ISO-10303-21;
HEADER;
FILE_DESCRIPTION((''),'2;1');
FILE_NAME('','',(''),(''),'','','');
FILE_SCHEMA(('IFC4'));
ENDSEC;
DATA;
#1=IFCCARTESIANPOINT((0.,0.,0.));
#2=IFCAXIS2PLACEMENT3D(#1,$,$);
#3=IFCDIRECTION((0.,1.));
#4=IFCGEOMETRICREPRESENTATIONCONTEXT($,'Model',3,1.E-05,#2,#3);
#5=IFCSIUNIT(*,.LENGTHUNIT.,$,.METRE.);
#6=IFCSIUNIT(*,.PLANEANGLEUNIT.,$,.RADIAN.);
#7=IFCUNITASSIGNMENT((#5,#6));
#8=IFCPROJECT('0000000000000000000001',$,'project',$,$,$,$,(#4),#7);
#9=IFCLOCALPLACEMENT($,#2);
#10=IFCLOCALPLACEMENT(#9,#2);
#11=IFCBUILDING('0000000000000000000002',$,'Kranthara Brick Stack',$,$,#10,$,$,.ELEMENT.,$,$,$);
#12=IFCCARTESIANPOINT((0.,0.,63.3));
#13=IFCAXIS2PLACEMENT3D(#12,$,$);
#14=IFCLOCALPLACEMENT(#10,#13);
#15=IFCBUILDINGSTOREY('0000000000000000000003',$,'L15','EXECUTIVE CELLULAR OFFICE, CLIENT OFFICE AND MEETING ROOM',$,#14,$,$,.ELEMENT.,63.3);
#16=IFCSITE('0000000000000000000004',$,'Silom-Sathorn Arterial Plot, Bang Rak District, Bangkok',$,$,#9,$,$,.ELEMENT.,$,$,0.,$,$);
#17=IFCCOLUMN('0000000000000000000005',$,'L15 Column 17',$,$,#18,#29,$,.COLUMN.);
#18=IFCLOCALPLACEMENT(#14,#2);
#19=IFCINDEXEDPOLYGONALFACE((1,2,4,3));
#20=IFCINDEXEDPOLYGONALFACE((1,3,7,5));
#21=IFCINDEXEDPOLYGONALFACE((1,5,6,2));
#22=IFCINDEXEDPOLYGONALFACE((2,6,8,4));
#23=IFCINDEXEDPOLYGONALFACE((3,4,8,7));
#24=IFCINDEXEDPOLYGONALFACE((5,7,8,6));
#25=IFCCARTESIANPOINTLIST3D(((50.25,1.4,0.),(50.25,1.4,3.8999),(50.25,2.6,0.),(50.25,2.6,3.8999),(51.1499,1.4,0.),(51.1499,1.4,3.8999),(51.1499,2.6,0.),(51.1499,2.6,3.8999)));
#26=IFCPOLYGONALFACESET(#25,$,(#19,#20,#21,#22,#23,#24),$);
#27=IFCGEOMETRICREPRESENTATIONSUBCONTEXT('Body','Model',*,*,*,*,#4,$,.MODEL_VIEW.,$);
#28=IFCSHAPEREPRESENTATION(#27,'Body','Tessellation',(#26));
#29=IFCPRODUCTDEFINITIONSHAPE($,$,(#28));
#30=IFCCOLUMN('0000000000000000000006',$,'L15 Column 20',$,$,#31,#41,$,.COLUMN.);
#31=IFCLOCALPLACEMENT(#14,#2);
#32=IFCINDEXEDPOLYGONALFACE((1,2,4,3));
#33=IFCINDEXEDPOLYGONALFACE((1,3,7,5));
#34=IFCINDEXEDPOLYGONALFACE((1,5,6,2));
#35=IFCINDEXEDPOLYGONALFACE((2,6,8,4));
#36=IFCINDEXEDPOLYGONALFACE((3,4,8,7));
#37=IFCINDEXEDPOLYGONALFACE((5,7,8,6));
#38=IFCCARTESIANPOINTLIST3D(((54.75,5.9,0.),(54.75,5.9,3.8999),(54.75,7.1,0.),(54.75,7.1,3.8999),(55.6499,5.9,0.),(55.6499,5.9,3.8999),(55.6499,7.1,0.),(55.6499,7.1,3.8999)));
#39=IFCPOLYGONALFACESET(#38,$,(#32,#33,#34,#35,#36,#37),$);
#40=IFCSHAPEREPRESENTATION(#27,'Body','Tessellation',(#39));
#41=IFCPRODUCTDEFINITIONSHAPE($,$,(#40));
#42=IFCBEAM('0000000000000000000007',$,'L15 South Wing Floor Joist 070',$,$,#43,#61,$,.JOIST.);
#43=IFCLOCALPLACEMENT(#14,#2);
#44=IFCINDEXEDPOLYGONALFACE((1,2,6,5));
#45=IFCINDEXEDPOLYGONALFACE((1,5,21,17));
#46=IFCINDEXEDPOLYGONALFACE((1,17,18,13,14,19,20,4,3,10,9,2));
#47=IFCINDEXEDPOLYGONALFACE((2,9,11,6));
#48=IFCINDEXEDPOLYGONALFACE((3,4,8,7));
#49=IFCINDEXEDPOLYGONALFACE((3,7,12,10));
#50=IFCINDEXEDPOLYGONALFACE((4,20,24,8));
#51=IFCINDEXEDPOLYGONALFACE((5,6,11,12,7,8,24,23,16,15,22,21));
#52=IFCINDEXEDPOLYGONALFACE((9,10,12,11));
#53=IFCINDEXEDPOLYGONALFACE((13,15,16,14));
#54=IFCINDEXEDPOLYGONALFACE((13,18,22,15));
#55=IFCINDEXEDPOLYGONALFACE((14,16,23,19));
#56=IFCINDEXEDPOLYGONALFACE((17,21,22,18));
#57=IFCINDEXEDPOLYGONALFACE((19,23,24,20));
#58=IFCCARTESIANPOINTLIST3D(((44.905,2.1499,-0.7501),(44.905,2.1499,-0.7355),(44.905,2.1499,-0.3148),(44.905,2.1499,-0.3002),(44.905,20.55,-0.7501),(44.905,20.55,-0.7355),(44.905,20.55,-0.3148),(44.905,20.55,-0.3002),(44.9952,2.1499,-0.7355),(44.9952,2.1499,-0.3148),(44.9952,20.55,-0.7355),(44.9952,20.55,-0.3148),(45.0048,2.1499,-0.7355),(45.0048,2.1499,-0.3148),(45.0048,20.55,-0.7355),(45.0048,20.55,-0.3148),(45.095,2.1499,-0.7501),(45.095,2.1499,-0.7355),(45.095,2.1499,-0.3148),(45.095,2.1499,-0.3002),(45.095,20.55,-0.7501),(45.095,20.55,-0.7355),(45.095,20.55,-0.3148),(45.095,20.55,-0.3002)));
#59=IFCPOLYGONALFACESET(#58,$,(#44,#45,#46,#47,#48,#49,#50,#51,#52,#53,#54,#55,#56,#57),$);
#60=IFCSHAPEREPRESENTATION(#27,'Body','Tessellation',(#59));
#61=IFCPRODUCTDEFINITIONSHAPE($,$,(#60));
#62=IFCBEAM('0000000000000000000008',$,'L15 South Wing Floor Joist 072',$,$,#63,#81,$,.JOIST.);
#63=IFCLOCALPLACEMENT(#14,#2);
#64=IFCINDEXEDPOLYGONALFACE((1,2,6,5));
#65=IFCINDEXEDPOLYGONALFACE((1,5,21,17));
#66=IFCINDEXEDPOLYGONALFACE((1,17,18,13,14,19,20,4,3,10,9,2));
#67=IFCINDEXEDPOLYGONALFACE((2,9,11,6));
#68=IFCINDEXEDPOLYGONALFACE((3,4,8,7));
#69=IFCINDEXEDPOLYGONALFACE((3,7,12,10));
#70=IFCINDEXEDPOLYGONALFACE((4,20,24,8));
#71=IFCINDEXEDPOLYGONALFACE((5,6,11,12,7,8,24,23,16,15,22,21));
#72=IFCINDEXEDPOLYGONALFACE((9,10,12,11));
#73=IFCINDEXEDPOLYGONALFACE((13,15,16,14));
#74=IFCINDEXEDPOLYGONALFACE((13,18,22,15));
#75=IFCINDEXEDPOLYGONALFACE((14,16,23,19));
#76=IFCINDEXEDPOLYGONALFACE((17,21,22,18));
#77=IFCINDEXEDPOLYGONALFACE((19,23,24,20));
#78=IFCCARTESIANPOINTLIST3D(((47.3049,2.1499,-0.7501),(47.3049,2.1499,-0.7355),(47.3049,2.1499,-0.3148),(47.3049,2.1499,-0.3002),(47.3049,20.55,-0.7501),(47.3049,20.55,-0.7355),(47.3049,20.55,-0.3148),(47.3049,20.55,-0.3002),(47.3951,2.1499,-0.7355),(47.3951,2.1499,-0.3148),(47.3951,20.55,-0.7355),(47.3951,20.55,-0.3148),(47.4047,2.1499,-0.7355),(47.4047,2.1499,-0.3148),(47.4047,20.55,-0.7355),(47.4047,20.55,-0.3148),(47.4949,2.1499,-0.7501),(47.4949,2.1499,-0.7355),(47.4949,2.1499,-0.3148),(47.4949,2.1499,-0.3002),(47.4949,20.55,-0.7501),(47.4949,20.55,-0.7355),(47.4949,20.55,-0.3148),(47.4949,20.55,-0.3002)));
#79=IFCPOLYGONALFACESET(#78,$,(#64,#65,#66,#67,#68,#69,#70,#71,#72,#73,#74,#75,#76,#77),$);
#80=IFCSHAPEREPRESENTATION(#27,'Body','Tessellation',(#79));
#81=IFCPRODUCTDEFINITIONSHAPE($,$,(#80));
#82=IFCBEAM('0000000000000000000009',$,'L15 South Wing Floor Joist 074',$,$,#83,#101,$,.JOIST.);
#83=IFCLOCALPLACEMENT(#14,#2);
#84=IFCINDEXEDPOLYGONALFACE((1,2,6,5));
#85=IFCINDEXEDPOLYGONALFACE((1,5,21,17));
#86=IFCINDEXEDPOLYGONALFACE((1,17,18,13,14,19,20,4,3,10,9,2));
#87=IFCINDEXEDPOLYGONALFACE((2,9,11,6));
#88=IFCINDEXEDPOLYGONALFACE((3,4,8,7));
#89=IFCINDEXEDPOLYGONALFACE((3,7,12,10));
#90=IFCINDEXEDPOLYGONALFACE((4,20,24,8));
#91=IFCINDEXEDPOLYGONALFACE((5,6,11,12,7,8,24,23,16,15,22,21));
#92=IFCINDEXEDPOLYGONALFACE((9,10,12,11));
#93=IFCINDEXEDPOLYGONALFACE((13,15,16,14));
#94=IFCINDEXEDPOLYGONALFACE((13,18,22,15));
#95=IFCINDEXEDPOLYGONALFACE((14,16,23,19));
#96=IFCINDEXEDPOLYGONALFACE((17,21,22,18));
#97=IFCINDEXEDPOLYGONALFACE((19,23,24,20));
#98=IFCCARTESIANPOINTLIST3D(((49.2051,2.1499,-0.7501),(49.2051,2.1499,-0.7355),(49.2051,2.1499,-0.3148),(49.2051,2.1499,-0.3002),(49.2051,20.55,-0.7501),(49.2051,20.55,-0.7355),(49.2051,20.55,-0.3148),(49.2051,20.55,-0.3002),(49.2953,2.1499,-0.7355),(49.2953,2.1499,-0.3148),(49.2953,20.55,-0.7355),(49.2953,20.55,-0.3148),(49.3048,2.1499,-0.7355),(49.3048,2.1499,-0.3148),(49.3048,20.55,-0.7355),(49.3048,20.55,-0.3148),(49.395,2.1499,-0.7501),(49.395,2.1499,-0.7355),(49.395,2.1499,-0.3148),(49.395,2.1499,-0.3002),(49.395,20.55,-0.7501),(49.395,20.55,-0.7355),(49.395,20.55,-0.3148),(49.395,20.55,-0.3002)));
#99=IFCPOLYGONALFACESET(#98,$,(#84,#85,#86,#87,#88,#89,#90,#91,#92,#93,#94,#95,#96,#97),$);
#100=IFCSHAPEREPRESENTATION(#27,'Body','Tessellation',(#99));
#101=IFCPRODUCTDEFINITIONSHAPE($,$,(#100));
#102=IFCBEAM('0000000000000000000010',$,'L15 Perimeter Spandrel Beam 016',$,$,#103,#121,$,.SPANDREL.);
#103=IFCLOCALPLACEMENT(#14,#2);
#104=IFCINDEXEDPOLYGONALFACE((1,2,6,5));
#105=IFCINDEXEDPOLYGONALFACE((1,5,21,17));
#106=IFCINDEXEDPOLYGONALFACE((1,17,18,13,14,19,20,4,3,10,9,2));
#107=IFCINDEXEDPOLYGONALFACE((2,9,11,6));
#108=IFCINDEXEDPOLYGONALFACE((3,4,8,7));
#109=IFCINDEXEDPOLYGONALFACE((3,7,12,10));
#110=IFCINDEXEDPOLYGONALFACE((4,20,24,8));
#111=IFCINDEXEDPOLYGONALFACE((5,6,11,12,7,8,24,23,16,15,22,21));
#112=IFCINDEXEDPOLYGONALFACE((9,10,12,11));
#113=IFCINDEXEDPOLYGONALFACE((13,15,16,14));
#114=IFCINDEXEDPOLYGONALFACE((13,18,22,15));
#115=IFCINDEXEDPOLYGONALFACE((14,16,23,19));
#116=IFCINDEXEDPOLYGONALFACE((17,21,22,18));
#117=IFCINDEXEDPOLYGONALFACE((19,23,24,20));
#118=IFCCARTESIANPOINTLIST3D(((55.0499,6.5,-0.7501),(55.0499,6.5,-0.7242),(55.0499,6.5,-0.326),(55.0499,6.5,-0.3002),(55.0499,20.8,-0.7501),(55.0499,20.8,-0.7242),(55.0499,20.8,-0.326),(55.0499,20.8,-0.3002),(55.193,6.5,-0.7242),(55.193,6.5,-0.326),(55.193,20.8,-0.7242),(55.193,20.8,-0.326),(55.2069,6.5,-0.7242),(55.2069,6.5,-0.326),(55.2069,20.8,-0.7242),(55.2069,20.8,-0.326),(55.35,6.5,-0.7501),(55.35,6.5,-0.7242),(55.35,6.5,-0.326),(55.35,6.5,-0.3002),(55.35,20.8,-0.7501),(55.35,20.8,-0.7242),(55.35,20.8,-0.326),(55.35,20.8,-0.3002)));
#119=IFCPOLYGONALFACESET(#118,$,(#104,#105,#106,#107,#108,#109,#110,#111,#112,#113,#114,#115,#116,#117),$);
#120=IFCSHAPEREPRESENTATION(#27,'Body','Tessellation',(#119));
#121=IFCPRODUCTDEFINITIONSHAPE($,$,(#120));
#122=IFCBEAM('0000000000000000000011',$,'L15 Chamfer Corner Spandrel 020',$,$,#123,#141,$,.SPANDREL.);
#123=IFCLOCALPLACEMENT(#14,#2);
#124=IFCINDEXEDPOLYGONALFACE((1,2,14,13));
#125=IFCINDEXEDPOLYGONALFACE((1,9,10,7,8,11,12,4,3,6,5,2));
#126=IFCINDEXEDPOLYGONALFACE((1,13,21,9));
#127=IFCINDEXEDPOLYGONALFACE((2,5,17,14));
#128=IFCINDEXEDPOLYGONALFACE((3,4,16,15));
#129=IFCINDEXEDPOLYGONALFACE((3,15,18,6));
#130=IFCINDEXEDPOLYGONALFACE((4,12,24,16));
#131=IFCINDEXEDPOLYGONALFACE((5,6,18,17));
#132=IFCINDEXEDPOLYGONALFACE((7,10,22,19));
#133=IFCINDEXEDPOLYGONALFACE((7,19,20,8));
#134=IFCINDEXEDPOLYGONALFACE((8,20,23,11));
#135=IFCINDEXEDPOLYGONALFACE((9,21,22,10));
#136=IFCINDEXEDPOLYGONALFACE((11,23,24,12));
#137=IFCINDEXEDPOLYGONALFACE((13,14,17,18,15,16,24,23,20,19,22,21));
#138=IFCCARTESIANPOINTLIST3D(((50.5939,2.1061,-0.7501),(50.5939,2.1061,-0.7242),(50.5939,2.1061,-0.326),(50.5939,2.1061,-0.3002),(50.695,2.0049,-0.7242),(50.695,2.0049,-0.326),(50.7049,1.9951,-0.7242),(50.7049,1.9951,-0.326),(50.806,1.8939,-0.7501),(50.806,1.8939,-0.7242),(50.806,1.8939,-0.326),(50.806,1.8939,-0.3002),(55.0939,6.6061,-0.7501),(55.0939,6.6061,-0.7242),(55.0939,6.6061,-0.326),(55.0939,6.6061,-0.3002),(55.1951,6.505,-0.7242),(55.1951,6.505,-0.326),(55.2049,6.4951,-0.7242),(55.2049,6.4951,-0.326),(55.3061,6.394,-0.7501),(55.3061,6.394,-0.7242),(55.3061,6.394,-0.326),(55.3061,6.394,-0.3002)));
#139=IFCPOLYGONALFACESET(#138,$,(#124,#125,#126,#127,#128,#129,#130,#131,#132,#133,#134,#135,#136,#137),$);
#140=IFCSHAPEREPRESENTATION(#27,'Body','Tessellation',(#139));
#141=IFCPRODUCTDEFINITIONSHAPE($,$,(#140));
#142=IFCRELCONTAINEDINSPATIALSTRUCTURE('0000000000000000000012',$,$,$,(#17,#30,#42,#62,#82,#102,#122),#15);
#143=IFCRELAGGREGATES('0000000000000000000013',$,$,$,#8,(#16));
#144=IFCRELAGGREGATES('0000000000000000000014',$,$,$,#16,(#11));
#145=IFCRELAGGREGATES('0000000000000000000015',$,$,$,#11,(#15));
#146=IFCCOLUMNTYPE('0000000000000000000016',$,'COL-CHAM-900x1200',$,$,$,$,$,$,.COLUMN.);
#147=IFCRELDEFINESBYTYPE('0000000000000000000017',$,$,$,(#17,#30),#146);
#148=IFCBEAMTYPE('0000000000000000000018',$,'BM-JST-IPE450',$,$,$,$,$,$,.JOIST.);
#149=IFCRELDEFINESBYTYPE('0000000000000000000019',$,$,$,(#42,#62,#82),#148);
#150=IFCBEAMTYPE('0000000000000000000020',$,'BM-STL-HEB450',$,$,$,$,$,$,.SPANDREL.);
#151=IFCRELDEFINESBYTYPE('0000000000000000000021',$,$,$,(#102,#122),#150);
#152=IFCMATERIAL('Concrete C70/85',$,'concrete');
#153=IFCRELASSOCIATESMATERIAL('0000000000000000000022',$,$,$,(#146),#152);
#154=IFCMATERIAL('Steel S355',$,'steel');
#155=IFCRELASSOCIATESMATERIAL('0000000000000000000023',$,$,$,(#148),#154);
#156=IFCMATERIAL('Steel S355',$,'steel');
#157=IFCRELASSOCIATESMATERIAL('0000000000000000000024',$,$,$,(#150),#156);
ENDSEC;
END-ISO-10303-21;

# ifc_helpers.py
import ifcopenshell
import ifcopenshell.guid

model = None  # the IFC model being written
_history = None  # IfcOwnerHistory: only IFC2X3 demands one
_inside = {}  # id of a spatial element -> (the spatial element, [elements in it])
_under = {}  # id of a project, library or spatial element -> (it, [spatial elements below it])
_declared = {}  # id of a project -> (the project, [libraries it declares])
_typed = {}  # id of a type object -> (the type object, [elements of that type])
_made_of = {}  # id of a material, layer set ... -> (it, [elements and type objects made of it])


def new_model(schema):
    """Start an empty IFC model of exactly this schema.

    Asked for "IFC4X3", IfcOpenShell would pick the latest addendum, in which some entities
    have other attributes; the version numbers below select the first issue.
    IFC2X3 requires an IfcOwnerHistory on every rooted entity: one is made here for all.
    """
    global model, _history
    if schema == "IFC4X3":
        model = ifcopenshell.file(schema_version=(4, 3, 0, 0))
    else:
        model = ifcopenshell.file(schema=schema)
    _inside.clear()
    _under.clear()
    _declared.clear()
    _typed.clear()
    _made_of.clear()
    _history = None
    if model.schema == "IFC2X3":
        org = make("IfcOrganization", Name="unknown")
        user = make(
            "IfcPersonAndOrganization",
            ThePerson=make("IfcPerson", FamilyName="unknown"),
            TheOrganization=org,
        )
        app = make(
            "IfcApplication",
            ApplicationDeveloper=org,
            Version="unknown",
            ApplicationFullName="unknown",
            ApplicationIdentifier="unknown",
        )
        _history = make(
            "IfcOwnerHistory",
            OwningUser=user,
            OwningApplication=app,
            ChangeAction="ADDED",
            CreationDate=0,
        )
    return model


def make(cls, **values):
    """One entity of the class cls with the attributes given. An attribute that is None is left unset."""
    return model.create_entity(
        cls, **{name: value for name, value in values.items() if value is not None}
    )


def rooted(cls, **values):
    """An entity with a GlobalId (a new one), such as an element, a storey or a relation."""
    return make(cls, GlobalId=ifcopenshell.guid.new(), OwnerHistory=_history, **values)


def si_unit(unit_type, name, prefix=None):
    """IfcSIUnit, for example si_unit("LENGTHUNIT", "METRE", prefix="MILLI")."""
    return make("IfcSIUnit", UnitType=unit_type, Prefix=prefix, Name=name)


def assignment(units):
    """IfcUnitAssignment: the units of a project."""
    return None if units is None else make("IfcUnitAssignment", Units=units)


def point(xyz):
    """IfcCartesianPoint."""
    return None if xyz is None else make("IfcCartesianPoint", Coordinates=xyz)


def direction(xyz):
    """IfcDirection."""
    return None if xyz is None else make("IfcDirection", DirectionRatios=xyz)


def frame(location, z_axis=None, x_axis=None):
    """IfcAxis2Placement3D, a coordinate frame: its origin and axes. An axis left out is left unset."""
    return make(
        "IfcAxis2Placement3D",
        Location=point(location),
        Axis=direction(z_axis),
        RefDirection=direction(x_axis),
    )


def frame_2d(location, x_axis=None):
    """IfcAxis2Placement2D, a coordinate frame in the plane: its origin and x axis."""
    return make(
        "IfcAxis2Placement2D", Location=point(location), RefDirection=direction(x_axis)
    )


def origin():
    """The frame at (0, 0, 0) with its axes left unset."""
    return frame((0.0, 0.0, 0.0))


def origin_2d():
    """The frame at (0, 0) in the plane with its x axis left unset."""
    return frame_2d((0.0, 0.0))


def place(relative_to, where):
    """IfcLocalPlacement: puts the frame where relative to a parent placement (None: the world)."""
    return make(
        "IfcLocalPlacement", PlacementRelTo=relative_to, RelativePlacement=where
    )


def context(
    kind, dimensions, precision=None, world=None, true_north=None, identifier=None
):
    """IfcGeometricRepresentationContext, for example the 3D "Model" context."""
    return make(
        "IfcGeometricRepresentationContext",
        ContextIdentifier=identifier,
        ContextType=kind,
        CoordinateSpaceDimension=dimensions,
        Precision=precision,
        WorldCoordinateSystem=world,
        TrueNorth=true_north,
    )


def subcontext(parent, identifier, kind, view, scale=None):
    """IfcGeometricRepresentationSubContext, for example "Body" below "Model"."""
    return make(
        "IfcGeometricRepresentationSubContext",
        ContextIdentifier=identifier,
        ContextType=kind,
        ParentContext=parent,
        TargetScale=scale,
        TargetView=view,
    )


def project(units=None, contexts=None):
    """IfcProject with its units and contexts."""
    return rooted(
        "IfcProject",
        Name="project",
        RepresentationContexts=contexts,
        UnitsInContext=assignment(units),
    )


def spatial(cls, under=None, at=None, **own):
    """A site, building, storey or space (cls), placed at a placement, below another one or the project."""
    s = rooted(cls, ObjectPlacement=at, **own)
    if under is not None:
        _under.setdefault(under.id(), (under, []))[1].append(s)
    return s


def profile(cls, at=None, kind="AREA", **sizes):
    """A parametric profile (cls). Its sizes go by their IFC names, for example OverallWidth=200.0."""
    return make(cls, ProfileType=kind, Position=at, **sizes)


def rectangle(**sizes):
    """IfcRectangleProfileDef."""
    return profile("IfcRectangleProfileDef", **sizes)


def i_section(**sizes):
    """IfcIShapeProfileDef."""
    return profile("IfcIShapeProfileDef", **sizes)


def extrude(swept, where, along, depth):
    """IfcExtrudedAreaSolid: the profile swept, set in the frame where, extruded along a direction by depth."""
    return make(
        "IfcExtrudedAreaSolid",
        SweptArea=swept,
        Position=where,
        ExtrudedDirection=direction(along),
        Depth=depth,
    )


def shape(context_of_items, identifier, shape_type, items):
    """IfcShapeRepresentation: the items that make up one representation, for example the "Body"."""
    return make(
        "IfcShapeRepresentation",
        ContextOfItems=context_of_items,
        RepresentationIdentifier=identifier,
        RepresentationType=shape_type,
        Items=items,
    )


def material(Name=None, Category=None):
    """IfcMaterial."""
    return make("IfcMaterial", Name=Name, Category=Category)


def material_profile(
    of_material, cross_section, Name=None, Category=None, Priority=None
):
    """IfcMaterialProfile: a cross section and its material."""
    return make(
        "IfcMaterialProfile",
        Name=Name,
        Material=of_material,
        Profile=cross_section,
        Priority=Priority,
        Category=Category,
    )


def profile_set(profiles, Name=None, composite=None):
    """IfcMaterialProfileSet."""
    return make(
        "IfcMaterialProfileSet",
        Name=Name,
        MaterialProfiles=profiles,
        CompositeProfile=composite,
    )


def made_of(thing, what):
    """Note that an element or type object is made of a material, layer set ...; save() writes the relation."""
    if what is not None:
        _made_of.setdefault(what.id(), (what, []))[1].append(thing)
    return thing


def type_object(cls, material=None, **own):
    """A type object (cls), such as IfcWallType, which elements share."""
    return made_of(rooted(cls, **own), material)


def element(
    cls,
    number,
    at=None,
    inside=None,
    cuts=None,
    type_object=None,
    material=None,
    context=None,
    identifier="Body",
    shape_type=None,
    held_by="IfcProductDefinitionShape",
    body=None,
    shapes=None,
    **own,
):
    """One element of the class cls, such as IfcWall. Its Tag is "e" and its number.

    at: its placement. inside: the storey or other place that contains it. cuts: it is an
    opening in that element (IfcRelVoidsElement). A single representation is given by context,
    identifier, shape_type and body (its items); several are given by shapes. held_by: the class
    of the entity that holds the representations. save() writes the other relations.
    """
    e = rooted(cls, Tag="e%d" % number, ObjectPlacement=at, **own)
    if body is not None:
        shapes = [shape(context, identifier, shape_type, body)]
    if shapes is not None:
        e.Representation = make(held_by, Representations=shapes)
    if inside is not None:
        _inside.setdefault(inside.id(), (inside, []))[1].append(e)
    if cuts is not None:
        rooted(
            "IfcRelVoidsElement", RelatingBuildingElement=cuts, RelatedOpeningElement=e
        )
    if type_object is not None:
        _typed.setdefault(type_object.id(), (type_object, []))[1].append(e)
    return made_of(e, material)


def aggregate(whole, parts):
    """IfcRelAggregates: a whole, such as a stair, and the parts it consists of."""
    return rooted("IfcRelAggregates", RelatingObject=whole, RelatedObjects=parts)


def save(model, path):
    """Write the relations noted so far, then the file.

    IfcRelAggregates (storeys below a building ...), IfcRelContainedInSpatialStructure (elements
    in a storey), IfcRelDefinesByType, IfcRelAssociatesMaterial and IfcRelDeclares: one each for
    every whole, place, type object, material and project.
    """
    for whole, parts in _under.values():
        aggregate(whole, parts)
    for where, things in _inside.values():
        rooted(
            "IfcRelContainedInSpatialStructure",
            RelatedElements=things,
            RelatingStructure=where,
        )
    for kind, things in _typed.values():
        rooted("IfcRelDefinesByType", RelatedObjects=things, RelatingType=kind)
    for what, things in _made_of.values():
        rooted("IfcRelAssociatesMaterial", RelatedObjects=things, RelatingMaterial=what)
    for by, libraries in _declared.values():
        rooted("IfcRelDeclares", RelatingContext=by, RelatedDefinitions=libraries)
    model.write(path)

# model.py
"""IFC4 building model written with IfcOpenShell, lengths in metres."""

from ifc_helpers import new_model, si_unit, direction, frame, origin, origin_2d, place, context, subcontext, project, spatial, rectangle, i_section, extrude, material, material_profile, profile_set, type_object, element, save


model = new_model("IFC4")

# Units and contexts
model_context = context("Model", 3, precision=1e-05, world=origin(), true_north=direction((0.0, 1.0)))
body_context = subcontext(model_context, "Body", "Model", "MODEL_VIEW")
ifc_project = project(units=[si_unit("LENGTHUNIT", "METRE"), si_unit("PLANEANGLEUNIT", "RADIAN")], contexts=[model_context])

# Site, building, storey
site_placement = place(None, origin())
site = spatial("IfcSite", under=ifc_project, at=site_placement, Name="Silom-Sathorn Arterial Plot, Bang Rak District, Bangkok", CompositionType="ELEMENT", RefElevation=0.0)
building_placement = place(site_placement, origin())
building = spatial("IfcBuilding", under=site, at=building_placement, Name="Kranthara Brick Stack", CompositionType="ELEMENT")
storey_placement = place(building_placement, frame((0.0, 0.0, 63.3)))
storey = spatial("IfcBuildingStorey", under=building, at=storey_placement, Name="L15", Description="EXECUTIVE CELLULAR OFFICE, CLIENT OFFICE AND MEETING ROOM", CompositionType="ELEMENT", Elevation=63.3)

# Columns
ifc_material_1 = material(Name="Concrete C70/85", Category="concrete")
ifc_material_profile_1 = material_profile(ifc_material_1, rectangle(XDim=0.8999, YDim=1.2, at=origin_2d()), Name="RC 900x1200")
ifc_profile_set_1 = profile_set([ifc_material_profile_1], Name="Concrete C70/85")
column_type = type_object("IfcColumnType", Name="COL-CHAM-900x1200", PredefinedType="COLUMN", material=ifc_profile_set_1)
for number, where, z_axis, x_axis, name in (
    (1, (50.7, 2.0, 0.0), (0.0, 0.0, 1.0), (1.0, 0.0, 0.0), "L15 Column 17"),
    (2, (55.2, 6.5, 0.0), (0.0, 0.0, 1.0), (1.0, 0.0, 0.0), "L15 Column 20"),
):
    element("IfcColumn", number, at=place(storey_placement, frame(where, z_axis=z_axis, x_axis=x_axis)), inside=storey, type_object=column_type, Name=name, PredefinedType="COLUMN", context=body_context, shape_type="SweptSolid", body=[
        extrude(rectangle(XDim=0.8999, YDim=1.2, at=origin_2d()), origin(), (0.0, 0.0, 1.0), 3.8999),
    ])

# Beams
ifc_material_2 = material(Name="Steel S355", Category="steel")
ifc_material_profile_2 = material_profile(ifc_material_2, i_section(OverallWidth=0.1899, OverallDepth=0.45, WebThickness=0.0095, FlangeThickness=0.0146, at=origin_2d()), Name="IPE 450")
ifc_profile_set_2 = profile_set([ifc_material_profile_2], Name="Steel S355")
beam_type_1 = type_object("IfcBeamType", Name="BM-JST-IPE450", PredefinedType="JOIST", material=ifc_profile_set_2)
for number, where, z_axis, x_axis, name in (
    (3, (45.0, 2.1499, -0.5251), (0.0, 1.0, 0.0), (-1.0, 0.0, 0.0), "L15 South Wing Floor Joist 070"),
    (4, (47.3999, 2.1499, -0.5251), (0.0, 1.0, 0.0), (-1.0, 0.0, 0.0), "L15 South Wing Floor Joist 072"),
    (5, (49.3, 2.1499, -0.5251), (0.0, 1.0, 0.0), (-1.0, 0.0, 0.0), "L15 South Wing Floor Joist 074"),
):
    element("IfcBeam", number, at=place(storey_placement, frame(where, z_axis=z_axis, x_axis=x_axis)), inside=storey, type_object=beam_type_1, Name=name, PredefinedType="JOIST", context=body_context, shape_type="SweptSolid", body=[
        extrude(i_section(OverallWidth=0.1899, OverallDepth=0.45, WebThickness=0.0095, FlangeThickness=0.0146, at=origin_2d()), origin(), (0.0, 0.0, 1.0), 18.4001),
    ])
ifc_material_3 = material(Name="Steel S355", Category="steel")
ifc_material_profile_3 = material_profile(ifc_material_3, i_section(OverallWidth=0.3, OverallDepth=0.45, WebThickness=0.0139, FlangeThickness=0.0259, at=origin_2d()), Name="HEB 450")
ifc_profile_set_3 = profile_set([ifc_material_profile_3], Name="Steel S355")
beam_type_2 = type_object("IfcBeamType", Name="BM-STL-HEB450", PredefinedType="SPANDREL", material=ifc_profile_set_3)
beam_1_placement = place(storey_placement, frame((55.2, 6.5, -0.5251), z_axis=(0.0, 1.0, 0.0), x_axis=(-1.0, 0.0, 0.0)))
element("IfcBeam", 6, at=beam_1_placement, inside=storey, type_object=beam_type_2, Name="L15 Perimeter Spandrel Beam 016", PredefinedType="SPANDREL", context=body_context, shape_type="SweptSolid", body=[
    extrude(i_section(OverallWidth=0.3, OverallDepth=0.45, WebThickness=0.0139, FlangeThickness=0.0259, at=origin_2d()), origin(), (0.0, 0.0, 1.0), 14.3),
])
beam_2_placement = place(storey_placement, frame((50.7, 2.0, -0.5251), z_axis=(0.707107, 0.707107, 0.0), x_axis=(-0.707107, 0.707107, 0.0)))
element("IfcBeam", 7, at=beam_2_placement, inside=storey, type_object=beam_type_2, Name="L15 Chamfer Corner Spandrel 020", PredefinedType="SPANDREL", context=body_context, shape_type="SweptSolid", body=[
    extrude(i_section(OverallWidth=0.3, OverallDepth=0.45, WebThickness=0.0139, FlangeThickness=0.0259, at=origin_2d()), origin(), (0.0, 0.0, 1.0), 6.364),
])

save(model, "model.ifc")
